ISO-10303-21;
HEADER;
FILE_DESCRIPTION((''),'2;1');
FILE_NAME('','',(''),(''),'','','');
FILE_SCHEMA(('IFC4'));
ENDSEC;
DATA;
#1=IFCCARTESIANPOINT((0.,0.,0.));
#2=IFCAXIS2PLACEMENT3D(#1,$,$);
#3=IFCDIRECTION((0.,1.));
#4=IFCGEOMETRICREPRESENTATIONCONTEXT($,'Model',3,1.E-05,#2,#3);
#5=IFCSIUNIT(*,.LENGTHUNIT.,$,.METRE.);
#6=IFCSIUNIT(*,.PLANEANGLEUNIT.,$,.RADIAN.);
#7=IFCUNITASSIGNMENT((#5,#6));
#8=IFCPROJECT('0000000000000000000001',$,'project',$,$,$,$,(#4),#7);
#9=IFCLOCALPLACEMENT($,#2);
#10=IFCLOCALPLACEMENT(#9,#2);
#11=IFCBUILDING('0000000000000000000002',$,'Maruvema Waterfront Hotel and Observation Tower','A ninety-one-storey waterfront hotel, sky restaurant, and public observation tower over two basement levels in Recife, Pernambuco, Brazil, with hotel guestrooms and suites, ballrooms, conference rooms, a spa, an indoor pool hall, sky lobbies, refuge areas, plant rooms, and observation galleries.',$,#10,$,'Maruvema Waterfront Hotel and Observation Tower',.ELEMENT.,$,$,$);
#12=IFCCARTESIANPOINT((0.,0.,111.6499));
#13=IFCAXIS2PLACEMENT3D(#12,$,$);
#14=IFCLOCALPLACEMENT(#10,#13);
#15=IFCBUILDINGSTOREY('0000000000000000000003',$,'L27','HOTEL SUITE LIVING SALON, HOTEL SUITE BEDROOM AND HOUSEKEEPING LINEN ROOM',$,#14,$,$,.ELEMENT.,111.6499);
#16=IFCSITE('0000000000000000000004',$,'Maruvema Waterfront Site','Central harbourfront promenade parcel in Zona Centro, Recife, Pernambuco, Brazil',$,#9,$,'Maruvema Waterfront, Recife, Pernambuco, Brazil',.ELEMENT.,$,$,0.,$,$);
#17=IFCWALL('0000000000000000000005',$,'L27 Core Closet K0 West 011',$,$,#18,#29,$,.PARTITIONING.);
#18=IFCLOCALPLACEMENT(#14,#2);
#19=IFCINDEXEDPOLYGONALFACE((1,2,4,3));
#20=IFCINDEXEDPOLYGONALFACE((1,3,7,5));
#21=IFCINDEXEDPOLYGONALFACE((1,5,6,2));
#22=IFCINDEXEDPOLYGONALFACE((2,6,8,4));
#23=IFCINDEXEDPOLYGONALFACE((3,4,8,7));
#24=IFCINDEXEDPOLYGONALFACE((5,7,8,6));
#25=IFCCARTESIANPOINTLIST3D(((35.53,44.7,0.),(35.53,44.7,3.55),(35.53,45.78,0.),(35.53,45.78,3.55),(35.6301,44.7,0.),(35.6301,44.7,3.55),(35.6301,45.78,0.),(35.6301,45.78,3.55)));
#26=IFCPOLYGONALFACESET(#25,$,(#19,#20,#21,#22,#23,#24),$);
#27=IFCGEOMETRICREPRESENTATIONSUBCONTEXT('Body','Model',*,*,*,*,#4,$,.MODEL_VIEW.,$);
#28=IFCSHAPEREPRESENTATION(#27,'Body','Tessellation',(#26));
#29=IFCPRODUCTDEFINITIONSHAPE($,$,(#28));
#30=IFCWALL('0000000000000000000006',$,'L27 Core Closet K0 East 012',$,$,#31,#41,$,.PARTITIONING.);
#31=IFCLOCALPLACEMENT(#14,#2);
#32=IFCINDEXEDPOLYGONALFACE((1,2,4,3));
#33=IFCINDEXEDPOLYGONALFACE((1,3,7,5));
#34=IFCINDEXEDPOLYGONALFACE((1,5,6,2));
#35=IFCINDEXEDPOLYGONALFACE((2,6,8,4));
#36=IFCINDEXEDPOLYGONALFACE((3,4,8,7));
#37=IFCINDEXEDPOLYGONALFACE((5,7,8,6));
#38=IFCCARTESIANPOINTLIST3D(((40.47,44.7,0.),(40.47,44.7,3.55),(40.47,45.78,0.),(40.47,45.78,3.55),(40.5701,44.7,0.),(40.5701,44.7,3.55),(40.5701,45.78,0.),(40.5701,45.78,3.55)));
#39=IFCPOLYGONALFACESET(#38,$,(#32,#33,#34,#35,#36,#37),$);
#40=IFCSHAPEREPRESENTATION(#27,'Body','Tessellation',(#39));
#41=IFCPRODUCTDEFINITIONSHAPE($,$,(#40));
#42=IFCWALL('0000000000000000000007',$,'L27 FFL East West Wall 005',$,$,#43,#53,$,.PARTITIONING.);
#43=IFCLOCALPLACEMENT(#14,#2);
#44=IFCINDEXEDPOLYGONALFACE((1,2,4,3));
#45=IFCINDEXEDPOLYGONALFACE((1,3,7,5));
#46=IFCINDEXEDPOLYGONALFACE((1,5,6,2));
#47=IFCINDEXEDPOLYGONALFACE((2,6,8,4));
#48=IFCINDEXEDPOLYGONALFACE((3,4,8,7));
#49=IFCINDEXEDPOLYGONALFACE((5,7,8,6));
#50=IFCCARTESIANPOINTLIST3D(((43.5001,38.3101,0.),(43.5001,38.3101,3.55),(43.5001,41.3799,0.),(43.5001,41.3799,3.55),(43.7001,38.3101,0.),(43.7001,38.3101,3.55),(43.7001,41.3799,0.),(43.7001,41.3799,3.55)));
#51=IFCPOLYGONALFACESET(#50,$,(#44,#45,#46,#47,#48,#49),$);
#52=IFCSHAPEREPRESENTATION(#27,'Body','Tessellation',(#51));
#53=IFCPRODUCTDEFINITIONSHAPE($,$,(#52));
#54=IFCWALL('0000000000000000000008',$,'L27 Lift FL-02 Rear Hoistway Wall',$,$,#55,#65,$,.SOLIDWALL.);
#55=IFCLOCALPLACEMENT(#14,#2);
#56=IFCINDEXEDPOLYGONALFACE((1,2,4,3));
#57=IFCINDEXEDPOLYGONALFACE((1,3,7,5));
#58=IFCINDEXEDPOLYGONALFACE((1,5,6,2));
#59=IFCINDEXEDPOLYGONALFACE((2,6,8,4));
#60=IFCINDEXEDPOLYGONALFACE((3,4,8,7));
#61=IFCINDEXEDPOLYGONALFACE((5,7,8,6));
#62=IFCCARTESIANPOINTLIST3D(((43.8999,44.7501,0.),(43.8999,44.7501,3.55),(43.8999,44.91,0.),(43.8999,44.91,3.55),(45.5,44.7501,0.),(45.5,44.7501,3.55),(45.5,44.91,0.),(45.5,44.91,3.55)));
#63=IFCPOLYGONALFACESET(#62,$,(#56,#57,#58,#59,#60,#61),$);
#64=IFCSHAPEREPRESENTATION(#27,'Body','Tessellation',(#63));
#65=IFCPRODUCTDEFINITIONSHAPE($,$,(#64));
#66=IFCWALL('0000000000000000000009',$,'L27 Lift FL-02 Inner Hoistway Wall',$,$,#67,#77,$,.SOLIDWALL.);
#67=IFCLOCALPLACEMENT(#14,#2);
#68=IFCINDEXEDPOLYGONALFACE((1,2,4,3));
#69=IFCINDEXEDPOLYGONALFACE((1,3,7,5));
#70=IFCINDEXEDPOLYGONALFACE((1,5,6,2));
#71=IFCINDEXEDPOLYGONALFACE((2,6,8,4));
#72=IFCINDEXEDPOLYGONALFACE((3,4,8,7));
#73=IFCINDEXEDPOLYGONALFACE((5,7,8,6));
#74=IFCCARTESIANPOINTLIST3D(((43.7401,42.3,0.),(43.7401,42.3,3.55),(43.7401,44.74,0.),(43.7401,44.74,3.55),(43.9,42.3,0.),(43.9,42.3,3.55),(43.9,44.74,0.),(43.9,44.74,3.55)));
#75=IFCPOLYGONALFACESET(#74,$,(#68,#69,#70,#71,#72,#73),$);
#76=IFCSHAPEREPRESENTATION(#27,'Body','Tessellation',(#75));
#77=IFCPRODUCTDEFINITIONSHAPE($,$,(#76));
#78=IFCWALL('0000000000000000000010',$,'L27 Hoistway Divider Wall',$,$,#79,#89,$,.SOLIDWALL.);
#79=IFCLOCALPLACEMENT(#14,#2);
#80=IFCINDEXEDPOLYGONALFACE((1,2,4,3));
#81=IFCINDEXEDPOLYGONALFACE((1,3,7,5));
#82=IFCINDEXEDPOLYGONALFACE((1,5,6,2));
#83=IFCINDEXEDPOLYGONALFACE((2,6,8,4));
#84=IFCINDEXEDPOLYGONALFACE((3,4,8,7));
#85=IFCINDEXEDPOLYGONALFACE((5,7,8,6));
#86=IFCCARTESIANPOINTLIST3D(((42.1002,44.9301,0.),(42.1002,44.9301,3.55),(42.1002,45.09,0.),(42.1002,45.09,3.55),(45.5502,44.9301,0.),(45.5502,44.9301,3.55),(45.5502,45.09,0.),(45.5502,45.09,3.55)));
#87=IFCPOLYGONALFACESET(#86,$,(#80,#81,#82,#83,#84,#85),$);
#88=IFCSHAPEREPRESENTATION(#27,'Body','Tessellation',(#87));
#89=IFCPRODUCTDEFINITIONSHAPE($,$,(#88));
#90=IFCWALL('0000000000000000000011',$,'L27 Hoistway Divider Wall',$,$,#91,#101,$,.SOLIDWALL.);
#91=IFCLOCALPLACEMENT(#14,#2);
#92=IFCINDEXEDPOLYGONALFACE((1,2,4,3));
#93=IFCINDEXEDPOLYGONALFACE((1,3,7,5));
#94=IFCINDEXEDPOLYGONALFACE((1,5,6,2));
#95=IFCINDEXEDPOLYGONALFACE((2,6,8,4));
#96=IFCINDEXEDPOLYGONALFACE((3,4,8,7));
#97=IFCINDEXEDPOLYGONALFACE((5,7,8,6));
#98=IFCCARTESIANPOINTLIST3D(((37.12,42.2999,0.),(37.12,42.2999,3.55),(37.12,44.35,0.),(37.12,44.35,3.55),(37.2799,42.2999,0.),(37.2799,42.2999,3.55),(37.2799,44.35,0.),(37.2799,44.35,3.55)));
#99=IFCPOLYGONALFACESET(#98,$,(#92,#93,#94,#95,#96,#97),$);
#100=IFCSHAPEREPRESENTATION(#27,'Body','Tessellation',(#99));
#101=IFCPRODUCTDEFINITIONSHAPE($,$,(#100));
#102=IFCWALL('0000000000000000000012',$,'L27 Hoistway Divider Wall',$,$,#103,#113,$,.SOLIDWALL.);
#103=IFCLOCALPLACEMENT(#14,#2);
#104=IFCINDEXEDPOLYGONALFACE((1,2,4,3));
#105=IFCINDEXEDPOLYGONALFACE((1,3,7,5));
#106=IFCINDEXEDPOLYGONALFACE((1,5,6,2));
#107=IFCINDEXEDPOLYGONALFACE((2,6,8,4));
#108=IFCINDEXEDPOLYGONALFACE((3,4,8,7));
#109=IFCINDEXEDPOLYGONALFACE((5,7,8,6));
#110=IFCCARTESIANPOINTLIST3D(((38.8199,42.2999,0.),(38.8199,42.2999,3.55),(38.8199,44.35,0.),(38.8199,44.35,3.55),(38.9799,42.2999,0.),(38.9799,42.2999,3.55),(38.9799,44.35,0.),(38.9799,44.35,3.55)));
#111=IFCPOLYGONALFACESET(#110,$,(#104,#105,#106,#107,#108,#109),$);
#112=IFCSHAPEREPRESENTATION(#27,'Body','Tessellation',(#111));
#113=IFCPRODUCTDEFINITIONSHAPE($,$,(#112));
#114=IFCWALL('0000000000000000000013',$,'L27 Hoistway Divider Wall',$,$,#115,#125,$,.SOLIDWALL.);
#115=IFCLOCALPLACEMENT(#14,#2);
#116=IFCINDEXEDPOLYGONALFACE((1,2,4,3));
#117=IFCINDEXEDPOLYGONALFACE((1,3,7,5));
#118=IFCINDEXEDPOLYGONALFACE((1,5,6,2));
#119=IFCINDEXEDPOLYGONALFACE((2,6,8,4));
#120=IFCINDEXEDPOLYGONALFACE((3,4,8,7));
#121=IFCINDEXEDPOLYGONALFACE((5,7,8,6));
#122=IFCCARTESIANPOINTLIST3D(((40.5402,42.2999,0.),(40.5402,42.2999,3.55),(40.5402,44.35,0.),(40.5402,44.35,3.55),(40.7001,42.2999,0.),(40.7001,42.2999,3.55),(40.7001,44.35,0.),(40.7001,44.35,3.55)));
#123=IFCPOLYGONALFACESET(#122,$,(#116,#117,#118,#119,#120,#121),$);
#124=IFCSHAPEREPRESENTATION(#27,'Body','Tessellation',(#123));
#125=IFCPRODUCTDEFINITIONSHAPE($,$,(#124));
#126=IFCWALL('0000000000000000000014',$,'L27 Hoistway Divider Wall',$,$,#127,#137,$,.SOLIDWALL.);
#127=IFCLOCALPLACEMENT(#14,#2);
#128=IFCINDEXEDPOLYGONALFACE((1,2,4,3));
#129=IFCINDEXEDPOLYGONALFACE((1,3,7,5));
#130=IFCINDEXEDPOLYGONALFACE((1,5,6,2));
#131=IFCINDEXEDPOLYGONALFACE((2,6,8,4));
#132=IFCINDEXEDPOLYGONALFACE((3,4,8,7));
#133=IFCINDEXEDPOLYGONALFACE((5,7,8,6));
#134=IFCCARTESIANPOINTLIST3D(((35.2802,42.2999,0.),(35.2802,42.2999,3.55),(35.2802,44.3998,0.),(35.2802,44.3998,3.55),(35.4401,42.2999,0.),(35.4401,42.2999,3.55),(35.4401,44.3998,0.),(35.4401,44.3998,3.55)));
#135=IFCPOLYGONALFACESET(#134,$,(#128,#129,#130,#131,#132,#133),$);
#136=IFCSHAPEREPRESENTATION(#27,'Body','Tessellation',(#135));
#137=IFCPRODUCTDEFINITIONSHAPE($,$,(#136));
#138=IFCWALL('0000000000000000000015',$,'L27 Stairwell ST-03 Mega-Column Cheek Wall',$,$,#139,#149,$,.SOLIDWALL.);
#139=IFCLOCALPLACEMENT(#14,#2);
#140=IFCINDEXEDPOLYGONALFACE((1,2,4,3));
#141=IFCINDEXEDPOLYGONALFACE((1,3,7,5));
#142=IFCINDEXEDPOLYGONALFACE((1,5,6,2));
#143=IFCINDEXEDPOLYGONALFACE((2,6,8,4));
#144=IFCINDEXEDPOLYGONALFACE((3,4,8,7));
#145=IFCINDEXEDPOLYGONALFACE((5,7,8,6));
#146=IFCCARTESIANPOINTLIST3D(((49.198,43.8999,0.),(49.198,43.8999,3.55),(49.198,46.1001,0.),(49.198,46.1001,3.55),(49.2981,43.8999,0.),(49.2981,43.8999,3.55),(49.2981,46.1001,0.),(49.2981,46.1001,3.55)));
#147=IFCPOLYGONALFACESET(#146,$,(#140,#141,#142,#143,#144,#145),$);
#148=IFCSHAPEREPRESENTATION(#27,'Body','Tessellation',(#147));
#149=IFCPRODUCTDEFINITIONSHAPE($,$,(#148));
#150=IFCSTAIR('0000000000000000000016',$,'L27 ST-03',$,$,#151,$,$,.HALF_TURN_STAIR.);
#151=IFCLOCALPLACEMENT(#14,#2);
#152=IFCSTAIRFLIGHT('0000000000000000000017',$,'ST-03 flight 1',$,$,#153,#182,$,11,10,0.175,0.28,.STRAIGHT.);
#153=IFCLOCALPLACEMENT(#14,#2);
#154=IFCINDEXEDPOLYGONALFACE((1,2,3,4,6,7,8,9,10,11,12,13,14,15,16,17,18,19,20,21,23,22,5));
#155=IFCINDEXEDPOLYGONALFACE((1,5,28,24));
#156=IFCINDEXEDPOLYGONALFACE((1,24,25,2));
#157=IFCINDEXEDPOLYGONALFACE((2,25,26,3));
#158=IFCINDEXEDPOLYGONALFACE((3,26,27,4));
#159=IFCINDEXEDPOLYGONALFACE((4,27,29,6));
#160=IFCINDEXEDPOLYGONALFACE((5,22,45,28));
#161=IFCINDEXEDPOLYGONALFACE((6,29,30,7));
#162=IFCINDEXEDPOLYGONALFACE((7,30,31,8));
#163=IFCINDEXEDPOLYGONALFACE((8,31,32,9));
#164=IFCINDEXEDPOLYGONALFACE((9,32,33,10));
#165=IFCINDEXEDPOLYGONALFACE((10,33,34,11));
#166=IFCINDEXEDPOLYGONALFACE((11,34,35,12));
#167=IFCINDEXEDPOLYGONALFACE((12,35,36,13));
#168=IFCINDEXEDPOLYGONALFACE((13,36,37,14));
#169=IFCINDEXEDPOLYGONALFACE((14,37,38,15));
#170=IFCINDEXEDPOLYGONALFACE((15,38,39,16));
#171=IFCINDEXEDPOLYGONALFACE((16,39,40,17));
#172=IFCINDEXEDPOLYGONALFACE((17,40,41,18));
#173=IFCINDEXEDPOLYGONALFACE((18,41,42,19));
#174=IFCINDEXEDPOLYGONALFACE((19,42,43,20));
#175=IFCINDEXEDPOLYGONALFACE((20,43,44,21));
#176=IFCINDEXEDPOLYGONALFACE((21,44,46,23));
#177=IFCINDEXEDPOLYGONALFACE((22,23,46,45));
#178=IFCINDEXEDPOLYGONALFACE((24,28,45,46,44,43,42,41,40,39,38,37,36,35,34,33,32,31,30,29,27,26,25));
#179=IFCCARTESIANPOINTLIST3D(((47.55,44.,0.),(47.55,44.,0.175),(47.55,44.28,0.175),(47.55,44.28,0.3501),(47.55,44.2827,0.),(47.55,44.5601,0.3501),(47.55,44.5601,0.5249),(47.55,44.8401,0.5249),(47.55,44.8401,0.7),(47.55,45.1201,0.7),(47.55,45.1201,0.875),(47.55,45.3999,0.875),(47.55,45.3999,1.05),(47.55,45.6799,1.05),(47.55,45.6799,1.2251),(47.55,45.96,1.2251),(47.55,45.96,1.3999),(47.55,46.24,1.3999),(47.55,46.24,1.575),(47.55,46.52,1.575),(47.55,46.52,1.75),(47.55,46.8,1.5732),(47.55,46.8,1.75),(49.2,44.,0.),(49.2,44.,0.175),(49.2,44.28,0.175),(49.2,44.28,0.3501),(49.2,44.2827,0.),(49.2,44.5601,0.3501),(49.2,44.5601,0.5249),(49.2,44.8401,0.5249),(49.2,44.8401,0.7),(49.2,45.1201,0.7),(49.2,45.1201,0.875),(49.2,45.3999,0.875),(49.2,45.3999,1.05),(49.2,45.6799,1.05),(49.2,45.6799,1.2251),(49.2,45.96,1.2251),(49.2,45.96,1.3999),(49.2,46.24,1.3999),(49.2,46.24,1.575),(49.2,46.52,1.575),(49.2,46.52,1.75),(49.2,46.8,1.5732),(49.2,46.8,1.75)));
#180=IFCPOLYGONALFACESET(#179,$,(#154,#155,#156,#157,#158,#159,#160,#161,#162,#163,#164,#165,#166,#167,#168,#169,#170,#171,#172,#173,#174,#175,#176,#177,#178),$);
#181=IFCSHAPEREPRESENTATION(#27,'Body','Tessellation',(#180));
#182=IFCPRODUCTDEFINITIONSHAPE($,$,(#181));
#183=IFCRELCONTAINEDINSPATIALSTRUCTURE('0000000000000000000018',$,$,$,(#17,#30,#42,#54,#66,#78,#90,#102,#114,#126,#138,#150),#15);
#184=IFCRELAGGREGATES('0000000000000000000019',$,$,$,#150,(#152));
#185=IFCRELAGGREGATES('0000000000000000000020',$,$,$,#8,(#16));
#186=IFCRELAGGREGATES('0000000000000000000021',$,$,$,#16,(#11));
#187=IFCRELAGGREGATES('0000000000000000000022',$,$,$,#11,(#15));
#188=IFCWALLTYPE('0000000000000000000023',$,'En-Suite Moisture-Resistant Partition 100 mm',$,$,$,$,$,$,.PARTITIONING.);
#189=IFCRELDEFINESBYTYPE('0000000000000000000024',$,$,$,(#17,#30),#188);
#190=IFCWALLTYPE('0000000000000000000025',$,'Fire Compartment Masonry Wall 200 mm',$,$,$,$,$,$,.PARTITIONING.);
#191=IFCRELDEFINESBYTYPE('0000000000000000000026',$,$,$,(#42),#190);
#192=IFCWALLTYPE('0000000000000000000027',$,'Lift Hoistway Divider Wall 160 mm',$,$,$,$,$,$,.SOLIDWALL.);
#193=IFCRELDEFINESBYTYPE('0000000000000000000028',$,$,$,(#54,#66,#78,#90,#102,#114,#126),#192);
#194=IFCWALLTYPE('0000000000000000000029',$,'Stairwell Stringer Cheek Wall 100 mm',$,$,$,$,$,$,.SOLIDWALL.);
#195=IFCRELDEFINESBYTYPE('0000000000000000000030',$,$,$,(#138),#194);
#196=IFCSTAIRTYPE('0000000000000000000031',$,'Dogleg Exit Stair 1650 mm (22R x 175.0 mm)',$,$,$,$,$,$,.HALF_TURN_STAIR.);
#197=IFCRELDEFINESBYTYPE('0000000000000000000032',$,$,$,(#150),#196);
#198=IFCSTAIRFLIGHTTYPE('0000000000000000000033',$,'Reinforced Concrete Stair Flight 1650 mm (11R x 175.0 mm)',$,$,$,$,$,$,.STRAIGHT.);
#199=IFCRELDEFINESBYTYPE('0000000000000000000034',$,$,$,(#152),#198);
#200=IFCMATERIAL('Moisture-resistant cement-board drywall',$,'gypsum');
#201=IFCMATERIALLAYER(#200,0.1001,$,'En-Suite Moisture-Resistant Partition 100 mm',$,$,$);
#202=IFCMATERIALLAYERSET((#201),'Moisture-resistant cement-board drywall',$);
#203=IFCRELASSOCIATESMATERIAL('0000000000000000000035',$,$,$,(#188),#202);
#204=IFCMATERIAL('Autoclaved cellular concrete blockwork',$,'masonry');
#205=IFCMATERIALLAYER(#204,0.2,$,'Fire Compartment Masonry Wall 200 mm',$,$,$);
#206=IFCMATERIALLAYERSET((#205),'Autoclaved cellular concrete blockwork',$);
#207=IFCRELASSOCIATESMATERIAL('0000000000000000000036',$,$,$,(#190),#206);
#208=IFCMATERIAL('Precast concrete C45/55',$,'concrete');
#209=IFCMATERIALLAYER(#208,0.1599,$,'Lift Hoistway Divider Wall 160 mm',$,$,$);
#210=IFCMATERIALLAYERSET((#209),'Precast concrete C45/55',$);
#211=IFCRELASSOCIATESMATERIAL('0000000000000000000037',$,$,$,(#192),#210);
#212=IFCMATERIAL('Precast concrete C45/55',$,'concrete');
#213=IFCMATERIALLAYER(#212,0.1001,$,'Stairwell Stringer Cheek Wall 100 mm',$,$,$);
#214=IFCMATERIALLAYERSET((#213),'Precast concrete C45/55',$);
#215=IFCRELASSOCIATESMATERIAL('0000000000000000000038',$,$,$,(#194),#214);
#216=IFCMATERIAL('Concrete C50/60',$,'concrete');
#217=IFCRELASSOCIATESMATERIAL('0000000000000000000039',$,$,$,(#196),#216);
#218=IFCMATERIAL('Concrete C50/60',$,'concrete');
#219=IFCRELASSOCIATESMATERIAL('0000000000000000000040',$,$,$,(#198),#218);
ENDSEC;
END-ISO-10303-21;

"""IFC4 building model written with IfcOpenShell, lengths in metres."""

from ifc_helpers import new_model, si_unit, direction, frame, frame_2d, origin, place, context, subcontext, project, spatial, polyline, rectangle, outline, extrude, material, layer, layer_set, type_object, element, aggregate, save


model = new_model("IFC4")

# Units and contexts
model_context = context("Model", 3, precision=1e-05, world=origin(), true_north=direction((0.0, 1.0)))
body_context = subcontext(model_context, "Body", "Model", "MODEL_VIEW")
ifc_project = project(units=[si_unit("LENGTHUNIT", "METRE"), si_unit("PLANEANGLEUNIT", "RADIAN")], contexts=[model_context])

# Site, building, storey
site_placement = place(None, origin())
site = spatial("IfcSite", under=ifc_project, at=site_placement, Name="Maruvema Waterfront Site", Description="Central harbourfront promenade parcel in Zona Centro, Recife, Pernambuco, Brazil", LongName="Maruvema Waterfront, Recife, Pernambuco, Brazil", CompositionType="ELEMENT", RefElevation=0.0)
building_placement = place(site_placement, origin())
building = spatial("IfcBuilding", under=site, at=building_placement, Name="Maruvema Waterfront Hotel and Observation Tower", Description="A ninety-one-storey waterfront hotel, sky restaurant, and public observation tower over two basement levels in Recife, Pernambuco, Brazil, with hotel guestrooms and suites, ballrooms, conference rooms, a spa, an indoor pool hall, sky lobbies, refuge areas, plant rooms, and observation galleries.", LongName="Maruvema Waterfront Hotel and Observation Tower", CompositionType="ELEMENT")
storey_placement = place(building_placement, frame((0.0, 0.0, 111.6499)))
storey = spatial("IfcBuildingStorey", under=building, at=storey_placement, Name="L27", Description="HOTEL SUITE LIVING SALON, HOTEL SUITE BEDROOM AND HOUSEKEEPING LINEN ROOM", CompositionType="ELEMENT", Elevation=111.6499)

# Walls
ifc_material_1 = material(Name="Moisture-resistant cement-board drywall", Category="gypsum")
ifc_layer_1 = layer(ifc_material_1, 0.1001, Name="En-Suite Moisture-Resistant Partition 100 mm")
ifc_layer_set_1 = layer_set([ifc_layer_1], Name="Moisture-resistant cement-board drywall")
wall_type_1 = type_object("IfcWallType", Name="En-Suite Moisture-Resistant Partition 100 mm", PredefinedType="PARTITIONING", material=ifc_layer_set_1)
for number, where, z_axis, x_axis, name in (
    (1, (35.5801, 44.7, 0.0), (0.0, 0.0, 1.0), (0.0, 1.0, 0.0), "L27 Core Closet K0 West 011"),
    (2, (40.52, 44.7, 0.0), (0.0, 0.0, 1.0), (0.0, 1.0, 0.0), "L27 Core Closet K0 East 012"),
):
    element("IfcWall", number, at=place(storey_placement, frame(where, z_axis=z_axis, x_axis=x_axis)), inside=storey, type_object=wall_type_1, Name=name, PredefinedType="PARTITIONING", context=body_context, shape_type="SweptSolid", body=[
        extrude(rectangle(XDim=1.0801, YDim=0.1001, at=frame_2d((0.54, 0.0))), origin(), (0.0, 0.0, 1.0), 3.55),
    ])

# Shared definitions
ifc_material_2 = material(Name="Autoclaved cellular concrete blockwork", Category="masonry")
ifc_layer_2 = layer(ifc_material_2, 0.2, Name="Fire Compartment Masonry Wall 200 mm")
ifc_layer_set_2 = layer_set([ifc_layer_2], Name="Autoclaved cellular concrete blockwork")
wall_type_2 = type_object("IfcWallType", Name="Fire Compartment Masonry Wall 200 mm", PredefinedType="PARTITIONING", material=ifc_layer_set_2)

# Walls
wall_1_placement = place(storey_placement, frame((43.6001, 38.3101, 0.0), z_axis=(0.0, 0.0, 1.0), x_axis=(0.0, 1.0, 0.0)))
element("IfcWall", 3, at=wall_1_placement, inside=storey, type_object=wall_type_2, Name="L27 FFL East West Wall 005", PredefinedType="PARTITIONING", context=body_context, shape_type="SweptSolid", body=[
    extrude(rectangle(XDim=3.0698, YDim=0.2, at=frame_2d((1.5349, 0.0))), origin(), (0.0, 0.0, 1.0), 3.55),
])
ifc_material_3 = material(Name="Precast concrete C45/55", Category="concrete")
ifc_layer_3 = layer(ifc_material_3, 0.1599, Name="Lift Hoistway Divider Wall 160 mm")
ifc_layer_set_3 = layer_set([ifc_layer_3], Name="Precast concrete C45/55")
wall_type_3 = type_object("IfcWallType", Name="Lift Hoistway Divider Wall 160 mm", PredefinedType="SOLIDWALL", material=ifc_layer_set_3)
wall_2_placement = place(storey_placement, frame((43.8999, 44.8301, 0.0), z_axis=(0.0, 0.0, 1.0), x_axis=(1.0, 0.0, 0.0)))
element("IfcWall", 4, at=wall_2_placement, inside=storey, type_object=wall_type_3, Name="L27 Lift FL-02 Rear Hoistway Wall", PredefinedType="SOLIDWALL", context=body_context, shape_type="SweptSolid", body=[
    extrude(rectangle(XDim=1.6001, YDim=0.1599, at=frame_2d((0.8, 0.0))), origin(), (0.0, 0.0, 1.0), 3.55),
])
wall_3_placement = place(storey_placement, frame((43.8201, 42.3, 0.0), z_axis=(0.0, 0.0, 1.0), x_axis=(0.0, 1.0, 0.0)))
element("IfcWall", 5, at=wall_3_placement, inside=storey, type_object=wall_type_3, Name="L27 Lift FL-02 Inner Hoistway Wall", PredefinedType="SOLIDWALL", context=body_context, shape_type="SweptSolid", body=[
    extrude(rectangle(XDim=2.4399, YDim=0.1599, at=frame_2d((1.22, 0.0))), origin(), (0.0, 0.0, 1.0), 3.55),
])
wall_4_placement = place(storey_placement, frame((42.1001, 45.01, 0.0), z_axis=(0.0, 0.0, 1.0), x_axis=(1.0, 0.0, 0.0)))
element("IfcWall", 6, at=wall_4_placement, inside=storey, type_object=wall_type_3, Name="L27 Hoistway Divider Wall", PredefinedType="SOLIDWALL", context=body_context, shape_type="SweptSolid", body=[
    extrude(rectangle(XDim=3.45, YDim=0.1599, at=frame_2d((1.7251, 0.0))), origin(), (0.0, 0.0, 1.0), 3.55),
])
for number, where, z_axis, x_axis, name in (
    (7, (37.2, 42.3, 0.0), (0.0, 0.0, 1.0), (0.0, 1.0, 0.0), "L27 Hoistway Divider Wall"),
    (8, (38.8999, 42.3, 0.0), (0.0, 0.0, 1.0), (0.0, 1.0, 0.0), "L27 Hoistway Divider Wall"),
    (9, (40.6201, 42.3, 0.0), (0.0, 0.0, 1.0), (0.0, 1.0, 0.0), "L27 Hoistway Divider Wall"),
):
    element("IfcWall", number, at=place(storey_placement, frame(where, z_axis=z_axis, x_axis=x_axis)), inside=storey, type_object=wall_type_3, Name=name, PredefinedType="SOLIDWALL", context=body_context, shape_type="SweptSolid", body=[
        extrude(rectangle(XDim=2.05, YDim=0.1599, at=frame_2d((1.0249, 0.0))), origin(), (0.0, 0.0, 1.0), 3.55),
    ])
wall_5_placement = place(storey_placement, frame((35.3601, 42.3, 0.0), z_axis=(0.0, 0.0, 1.0), x_axis=(0.0, 1.0, 0.0)))
element("IfcWall", 10, at=wall_5_placement, inside=storey, type_object=wall_type_3, Name="L27 Hoistway Divider Wall", PredefinedType="SOLIDWALL", context=body_context, shape_type="SweptSolid", body=[
    extrude(rectangle(XDim=2.0999, YDim=0.1599, at=frame_2d((1.0498, 0.0))), origin(), (0.0, 0.0, 1.0), 3.55),
])
ifc_material_4 = material(Name="Precast concrete C45/55", Category="concrete")
ifc_layer_4 = layer(ifc_material_4, 0.1001, Name="Stairwell Stringer Cheek Wall 100 mm")
ifc_layer_set_4 = layer_set([ifc_layer_4], Name="Precast concrete C45/55")
wall_type_4 = type_object("IfcWallType", Name="Stairwell Stringer Cheek Wall 100 mm", PredefinedType="SOLIDWALL", material=ifc_layer_set_4)
wall_6_placement = place(storey_placement, frame((49.248, 43.8999, 0.0), z_axis=(0.0, 0.0, 1.0), x_axis=(0.0, 1.0, 0.0)))
element("IfcWall", 11, at=wall_6_placement, inside=storey, type_object=wall_type_4, Name="L27 Stairwell ST-03 Mega-Column Cheek Wall", PredefinedType="SOLIDWALL", context=body_context, shape_type="SweptSolid", body=[
    extrude(rectangle(XDim=2.2002, YDim=0.1001, at=frame_2d((1.1001, 0.0))), origin(), (0.0, 0.0, 1.0), 3.55),
])

# Stair, stair flight
ifc_material_5 = material(Name="Concrete C50/60", Category="concrete")
stair_type = type_object("IfcStairType", Name="Dogleg Exit Stair 1650 mm (22R x 175.0 mm)", PredefinedType="HALF_TURN_STAIR", material=ifc_material_5)
stair_placement = place(storey_placement, origin())
stair = element("IfcStair", 12, at=stair_placement, inside=storey, type_object=stair_type, Name="L27 ST-03", PredefinedType="HALF_TURN_STAIR")
ifc_material_6 = material(Name="Concrete C50/60", Category="concrete")
stair_flight_type = type_object("IfcStairFlightType", Name="Reinforced Concrete Stair Flight 1650 mm (11R x 175.0 mm)", PredefinedType="STRAIGHT", material=ifc_material_6)
stair_flight_placement = place(storey_placement, frame((48.375, 44.0, 0.0), z_axis=(0.0, 0.0, 1.0), x_axis=(0.0, 1.0, 0.0)))
stair_flight = element("IfcStairFlight", 13, at=stair_flight_placement, type_object=stair_flight_type, Name="ST-03 flight 1", NumberOfRisers=11, NumberOfTreads=10, PredefinedType="STRAIGHT", RiserHeight=0.175, TreadLength=0.28, context=body_context, shape_type="SweptSolid", body=[
    extrude(outline(polyline([(0.0, 0.0), (0.0, 0.175), (0.28, 0.175), (0.28, 0.3501), (0.5601, 0.3501), (0.5601, 0.5249), (0.8401, 0.5249), (0.8401, 0.7), (1.1201, 0.7), (1.1201, 0.875), (1.3999, 0.875), (1.3999, 1.05), (1.6799, 1.05), (1.6799, 1.2251), (1.96, 1.2251), (1.96, 1.3999), (2.24, 1.3999), (2.24, 1.575), (2.52, 1.575), (2.52, 1.75), (2.8, 1.75), (2.8, 1.925), (2.8, 1.5732), (0.2827, 0.0), (0.0, 0.0)])), frame((0.0, 0.825, 0.0), z_axis=(0.0, -1.0, 0.0), x_axis=(1.0, 0.0, 0.0)), (0.0, 0.0, 1.0), 1.6499),
])
aggregate(stair, [stair_flight])

save(model, "model.ifc")
